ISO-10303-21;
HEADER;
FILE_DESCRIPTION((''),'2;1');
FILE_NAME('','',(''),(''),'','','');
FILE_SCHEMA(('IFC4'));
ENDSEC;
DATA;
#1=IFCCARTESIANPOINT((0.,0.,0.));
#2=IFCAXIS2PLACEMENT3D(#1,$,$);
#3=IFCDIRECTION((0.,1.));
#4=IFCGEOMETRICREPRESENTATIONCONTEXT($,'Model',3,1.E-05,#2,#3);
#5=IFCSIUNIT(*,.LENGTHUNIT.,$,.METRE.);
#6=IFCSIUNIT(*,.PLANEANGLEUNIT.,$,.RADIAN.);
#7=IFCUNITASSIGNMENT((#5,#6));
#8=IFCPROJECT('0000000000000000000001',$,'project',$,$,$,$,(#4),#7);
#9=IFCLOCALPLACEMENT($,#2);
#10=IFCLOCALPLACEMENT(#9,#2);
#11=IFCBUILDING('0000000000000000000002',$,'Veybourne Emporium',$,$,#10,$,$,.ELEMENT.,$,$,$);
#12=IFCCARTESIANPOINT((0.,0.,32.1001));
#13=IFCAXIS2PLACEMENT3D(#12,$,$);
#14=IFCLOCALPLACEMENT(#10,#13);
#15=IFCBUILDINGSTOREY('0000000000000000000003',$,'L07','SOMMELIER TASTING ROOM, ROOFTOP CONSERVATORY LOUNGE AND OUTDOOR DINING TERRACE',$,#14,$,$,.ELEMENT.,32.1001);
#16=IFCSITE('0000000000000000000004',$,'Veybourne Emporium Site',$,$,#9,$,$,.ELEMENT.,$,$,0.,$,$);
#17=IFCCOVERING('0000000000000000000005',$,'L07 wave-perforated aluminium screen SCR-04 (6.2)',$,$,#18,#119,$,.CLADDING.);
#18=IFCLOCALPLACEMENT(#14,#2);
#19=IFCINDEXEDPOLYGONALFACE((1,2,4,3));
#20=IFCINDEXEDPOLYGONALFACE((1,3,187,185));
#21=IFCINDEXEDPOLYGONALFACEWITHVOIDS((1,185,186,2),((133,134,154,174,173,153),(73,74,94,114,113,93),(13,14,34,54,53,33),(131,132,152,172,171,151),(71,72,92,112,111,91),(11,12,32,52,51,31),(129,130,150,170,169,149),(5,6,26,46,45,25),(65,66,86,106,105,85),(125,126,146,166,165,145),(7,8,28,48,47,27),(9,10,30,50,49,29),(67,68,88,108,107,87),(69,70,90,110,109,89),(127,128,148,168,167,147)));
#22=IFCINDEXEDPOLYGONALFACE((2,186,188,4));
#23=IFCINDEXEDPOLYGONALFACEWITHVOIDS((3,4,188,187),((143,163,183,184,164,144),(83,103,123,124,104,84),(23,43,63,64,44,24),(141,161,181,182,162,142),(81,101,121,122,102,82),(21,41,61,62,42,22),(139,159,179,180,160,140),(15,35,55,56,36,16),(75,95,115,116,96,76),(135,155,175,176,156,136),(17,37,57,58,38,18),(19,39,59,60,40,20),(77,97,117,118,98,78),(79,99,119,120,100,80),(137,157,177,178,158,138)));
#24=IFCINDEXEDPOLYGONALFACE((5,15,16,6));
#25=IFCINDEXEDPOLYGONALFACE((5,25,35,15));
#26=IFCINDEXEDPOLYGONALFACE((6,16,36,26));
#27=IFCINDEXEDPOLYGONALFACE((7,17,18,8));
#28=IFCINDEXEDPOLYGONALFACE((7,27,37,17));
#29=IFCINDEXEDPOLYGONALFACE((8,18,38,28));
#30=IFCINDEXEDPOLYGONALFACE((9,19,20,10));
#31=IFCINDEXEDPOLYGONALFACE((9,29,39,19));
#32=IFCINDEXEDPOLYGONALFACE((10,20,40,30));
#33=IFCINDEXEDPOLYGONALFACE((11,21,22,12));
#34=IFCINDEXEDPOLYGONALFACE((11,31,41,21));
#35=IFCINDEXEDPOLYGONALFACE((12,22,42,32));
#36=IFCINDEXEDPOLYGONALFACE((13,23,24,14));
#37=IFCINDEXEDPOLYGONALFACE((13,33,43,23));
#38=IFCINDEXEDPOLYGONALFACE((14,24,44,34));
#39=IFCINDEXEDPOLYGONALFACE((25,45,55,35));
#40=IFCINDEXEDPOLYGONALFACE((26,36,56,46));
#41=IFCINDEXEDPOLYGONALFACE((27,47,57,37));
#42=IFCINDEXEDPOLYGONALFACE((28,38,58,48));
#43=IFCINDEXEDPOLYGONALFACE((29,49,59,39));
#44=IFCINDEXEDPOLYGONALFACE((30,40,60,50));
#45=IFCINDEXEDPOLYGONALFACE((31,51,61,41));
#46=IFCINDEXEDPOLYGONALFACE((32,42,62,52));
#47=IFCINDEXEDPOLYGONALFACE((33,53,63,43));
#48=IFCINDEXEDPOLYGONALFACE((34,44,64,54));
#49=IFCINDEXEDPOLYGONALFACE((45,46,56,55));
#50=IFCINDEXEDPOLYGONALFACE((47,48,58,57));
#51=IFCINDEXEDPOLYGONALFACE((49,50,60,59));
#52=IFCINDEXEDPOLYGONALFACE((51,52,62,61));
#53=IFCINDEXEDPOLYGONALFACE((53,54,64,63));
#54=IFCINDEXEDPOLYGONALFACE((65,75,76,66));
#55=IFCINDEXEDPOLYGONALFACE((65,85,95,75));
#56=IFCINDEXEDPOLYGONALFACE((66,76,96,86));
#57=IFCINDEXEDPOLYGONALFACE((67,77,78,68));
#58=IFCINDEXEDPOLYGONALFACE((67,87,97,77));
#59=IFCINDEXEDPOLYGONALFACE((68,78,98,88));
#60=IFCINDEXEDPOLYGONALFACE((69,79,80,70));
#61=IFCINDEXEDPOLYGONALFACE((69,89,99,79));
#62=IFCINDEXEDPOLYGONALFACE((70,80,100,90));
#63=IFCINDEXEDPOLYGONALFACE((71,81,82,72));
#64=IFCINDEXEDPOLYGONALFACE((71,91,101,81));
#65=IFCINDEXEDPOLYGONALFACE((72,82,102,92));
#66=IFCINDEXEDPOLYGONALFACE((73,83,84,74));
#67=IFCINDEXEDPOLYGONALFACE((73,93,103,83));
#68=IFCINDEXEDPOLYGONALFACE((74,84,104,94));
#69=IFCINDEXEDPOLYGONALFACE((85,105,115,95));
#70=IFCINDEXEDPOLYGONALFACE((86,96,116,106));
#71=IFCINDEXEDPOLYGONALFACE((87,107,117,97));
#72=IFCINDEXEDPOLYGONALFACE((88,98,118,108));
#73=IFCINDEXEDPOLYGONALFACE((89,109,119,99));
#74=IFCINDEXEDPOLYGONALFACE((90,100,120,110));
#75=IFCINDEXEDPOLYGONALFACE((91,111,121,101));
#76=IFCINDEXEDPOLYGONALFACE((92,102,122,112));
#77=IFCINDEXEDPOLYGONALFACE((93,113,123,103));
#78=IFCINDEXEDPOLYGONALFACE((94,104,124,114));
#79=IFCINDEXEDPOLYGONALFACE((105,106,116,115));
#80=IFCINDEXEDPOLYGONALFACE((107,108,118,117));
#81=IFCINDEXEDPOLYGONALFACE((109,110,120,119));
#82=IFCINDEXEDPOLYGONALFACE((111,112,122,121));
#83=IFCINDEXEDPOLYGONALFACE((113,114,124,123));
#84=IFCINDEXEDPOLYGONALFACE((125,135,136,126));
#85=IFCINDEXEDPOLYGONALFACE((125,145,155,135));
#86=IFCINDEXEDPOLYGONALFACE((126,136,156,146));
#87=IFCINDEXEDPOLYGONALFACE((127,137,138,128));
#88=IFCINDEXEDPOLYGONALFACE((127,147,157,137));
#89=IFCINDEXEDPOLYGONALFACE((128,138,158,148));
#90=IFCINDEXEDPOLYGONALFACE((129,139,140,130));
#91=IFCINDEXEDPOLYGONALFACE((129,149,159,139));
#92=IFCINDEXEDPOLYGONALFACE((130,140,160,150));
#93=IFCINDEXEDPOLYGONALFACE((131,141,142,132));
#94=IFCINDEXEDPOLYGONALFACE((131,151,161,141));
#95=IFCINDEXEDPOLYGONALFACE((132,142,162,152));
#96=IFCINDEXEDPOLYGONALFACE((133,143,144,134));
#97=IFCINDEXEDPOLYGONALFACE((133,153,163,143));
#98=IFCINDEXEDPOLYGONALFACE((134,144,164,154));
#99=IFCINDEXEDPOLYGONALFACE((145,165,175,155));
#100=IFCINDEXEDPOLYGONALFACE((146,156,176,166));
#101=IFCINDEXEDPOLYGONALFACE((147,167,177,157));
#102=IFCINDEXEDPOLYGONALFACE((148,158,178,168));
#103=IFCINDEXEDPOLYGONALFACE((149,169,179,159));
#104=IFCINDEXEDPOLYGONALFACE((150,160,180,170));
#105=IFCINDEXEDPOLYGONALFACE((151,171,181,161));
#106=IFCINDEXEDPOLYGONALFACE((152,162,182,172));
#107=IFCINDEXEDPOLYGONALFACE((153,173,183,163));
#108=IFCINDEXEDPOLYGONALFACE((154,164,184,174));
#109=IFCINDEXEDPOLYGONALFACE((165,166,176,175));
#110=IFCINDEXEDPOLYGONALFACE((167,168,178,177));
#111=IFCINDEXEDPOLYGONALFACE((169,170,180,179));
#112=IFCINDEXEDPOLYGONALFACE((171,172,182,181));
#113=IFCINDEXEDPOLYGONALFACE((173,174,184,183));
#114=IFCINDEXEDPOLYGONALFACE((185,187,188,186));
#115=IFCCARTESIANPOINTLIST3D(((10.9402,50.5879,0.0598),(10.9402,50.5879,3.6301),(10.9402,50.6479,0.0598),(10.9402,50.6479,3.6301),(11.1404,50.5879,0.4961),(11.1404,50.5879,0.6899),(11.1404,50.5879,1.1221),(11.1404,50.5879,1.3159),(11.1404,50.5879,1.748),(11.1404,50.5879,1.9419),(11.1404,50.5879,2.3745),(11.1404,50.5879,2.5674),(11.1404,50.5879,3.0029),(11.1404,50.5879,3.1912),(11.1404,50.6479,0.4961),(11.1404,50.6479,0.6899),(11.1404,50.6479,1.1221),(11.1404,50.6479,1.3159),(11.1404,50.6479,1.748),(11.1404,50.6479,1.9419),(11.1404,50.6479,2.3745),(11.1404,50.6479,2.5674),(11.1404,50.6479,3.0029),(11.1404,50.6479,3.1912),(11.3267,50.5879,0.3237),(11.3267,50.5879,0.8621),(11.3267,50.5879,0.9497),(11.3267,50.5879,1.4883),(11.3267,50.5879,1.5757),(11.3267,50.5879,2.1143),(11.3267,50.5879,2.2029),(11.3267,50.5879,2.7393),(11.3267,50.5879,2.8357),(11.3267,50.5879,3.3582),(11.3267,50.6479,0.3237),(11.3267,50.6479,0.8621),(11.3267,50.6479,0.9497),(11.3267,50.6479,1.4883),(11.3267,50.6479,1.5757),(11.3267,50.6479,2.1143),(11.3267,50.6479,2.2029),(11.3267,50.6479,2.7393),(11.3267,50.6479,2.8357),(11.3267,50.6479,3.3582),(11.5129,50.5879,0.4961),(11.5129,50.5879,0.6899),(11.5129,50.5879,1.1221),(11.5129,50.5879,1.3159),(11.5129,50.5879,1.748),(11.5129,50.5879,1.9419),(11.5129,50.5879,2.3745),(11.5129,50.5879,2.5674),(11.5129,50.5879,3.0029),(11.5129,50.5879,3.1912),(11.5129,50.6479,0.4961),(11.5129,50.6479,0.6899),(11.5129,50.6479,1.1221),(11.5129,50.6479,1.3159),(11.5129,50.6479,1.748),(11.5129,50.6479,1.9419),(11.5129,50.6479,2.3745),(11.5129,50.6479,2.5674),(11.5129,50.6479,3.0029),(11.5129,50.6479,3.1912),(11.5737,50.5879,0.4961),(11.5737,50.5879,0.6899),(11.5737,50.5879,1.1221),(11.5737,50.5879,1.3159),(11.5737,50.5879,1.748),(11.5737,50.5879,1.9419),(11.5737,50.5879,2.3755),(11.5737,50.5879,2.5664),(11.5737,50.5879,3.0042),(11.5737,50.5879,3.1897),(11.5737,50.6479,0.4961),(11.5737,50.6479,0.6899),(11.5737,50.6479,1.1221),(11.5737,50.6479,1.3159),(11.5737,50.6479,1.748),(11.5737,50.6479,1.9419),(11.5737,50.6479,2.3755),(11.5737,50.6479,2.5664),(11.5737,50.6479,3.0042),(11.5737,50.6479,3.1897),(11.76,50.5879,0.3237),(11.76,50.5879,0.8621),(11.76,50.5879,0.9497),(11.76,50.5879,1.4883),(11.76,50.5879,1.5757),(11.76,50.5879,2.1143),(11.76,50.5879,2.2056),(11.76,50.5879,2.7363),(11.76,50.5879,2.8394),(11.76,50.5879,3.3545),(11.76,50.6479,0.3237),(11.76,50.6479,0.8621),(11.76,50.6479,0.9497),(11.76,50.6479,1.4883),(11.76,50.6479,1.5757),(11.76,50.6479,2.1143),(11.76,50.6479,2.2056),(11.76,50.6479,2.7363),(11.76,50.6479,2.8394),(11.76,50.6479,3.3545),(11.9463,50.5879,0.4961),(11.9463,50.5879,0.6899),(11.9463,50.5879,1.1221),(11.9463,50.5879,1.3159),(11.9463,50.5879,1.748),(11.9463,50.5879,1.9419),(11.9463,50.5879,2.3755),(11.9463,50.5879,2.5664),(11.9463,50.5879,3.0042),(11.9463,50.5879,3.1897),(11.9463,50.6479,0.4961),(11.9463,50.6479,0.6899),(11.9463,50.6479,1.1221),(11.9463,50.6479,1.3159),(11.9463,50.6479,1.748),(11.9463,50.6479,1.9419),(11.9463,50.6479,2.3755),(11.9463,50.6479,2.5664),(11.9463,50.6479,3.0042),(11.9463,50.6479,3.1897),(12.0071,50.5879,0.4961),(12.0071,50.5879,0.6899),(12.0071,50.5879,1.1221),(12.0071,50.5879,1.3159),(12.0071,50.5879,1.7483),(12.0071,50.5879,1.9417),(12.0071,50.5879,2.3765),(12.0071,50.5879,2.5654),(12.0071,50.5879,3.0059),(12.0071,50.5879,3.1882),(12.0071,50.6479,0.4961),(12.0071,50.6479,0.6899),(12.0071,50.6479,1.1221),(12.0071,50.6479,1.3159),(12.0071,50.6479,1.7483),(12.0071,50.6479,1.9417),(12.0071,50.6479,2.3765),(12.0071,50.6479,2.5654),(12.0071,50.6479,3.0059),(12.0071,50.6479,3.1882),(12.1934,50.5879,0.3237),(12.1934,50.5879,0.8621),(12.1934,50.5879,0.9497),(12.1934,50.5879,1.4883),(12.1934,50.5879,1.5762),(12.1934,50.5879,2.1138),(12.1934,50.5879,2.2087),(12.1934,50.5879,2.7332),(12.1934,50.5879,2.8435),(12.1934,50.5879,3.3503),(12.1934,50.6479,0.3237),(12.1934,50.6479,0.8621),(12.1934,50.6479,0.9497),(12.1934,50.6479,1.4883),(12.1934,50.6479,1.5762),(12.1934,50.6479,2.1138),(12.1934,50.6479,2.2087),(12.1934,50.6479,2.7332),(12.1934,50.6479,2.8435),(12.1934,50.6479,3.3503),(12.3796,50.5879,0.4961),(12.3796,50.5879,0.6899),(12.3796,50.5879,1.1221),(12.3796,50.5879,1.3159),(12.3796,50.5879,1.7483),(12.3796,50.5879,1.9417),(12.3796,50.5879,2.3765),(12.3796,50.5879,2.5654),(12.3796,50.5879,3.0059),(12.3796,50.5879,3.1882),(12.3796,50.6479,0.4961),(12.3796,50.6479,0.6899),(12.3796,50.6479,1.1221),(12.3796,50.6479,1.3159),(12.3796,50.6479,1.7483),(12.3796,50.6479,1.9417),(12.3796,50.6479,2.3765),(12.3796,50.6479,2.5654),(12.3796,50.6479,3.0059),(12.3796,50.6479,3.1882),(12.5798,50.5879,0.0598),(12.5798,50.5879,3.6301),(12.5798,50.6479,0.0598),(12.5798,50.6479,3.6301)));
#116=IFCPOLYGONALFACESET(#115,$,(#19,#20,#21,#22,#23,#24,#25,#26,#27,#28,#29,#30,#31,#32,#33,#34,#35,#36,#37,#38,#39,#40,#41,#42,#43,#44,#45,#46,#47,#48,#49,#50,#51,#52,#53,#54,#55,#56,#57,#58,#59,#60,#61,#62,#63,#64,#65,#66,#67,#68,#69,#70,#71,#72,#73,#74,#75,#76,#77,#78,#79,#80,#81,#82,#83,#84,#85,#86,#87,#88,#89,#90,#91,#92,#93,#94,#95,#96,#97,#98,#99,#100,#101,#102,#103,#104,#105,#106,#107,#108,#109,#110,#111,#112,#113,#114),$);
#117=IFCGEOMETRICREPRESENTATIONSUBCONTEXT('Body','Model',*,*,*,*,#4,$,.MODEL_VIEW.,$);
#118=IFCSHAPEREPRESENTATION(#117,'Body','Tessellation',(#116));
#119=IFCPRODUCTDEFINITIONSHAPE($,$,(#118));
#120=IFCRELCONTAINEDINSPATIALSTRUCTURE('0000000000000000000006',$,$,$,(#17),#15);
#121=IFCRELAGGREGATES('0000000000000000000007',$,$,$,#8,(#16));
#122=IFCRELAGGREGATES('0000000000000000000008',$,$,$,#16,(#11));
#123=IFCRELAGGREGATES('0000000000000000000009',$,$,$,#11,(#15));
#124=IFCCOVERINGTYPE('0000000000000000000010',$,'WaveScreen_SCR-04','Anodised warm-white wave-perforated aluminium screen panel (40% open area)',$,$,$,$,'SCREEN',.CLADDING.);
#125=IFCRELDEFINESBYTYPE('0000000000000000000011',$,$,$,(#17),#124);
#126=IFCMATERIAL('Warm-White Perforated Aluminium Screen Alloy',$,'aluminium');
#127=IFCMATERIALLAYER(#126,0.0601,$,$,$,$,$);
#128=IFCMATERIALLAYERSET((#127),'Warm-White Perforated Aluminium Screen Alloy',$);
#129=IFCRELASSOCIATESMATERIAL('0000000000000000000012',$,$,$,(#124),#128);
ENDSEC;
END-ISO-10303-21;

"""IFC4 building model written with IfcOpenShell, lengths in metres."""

from ifc_helpers import new_model, si_unit, direction, frame, origin, place, context, subcontext, project, spatial, polyline, outline, extrude, material, layer, layer_set, type_object, element, save


model = new_model("IFC4")

# Units and contexts
model_context = context("Model", 3, precision=1e-05, world=origin(), true_north=direction((0.0, 1.0)))
body_context = subcontext(model_context, "Body", "Model", "MODEL_VIEW")
ifc_project = project(units=[si_unit("LENGTHUNIT", "METRE"), si_unit("PLANEANGLEUNIT", "RADIAN")], contexts=[model_context])

# Site, building, storey
site_placement = place(None, origin())
site = spatial("IfcSite", under=ifc_project, at=site_placement, Name="Veybourne Emporium Site", CompositionType="ELEMENT", RefElevation=0.0)
building_placement = place(site_placement, origin())
building = spatial("IfcBuilding", under=site, at=building_placement, Name="Veybourne Emporium", CompositionType="ELEMENT")
storey_placement = place(building_placement, frame((0.0, 0.0, 32.1001)))
storey = spatial("IfcBuildingStorey", under=building, at=storey_placement, Name="L07", Description="SOMMELIER TASTING ROOM, ROOFTOP CONSERVATORY LOUNGE AND OUTDOOR DINING TERRACE", CompositionType="ELEMENT", Elevation=32.1001)

# Covering
ifc_material_1 = material(Name="Warm-White Perforated Aluminium Screen Alloy", Category="aluminium")
ifc_layer_1 = layer(ifc_material_1, 0.0601)
ifc_layer_set_1 = layer_set([ifc_layer_1], Name="Warm-White Perforated Aluminium Screen Alloy")
covering_type_1 = type_object("IfcCoveringType", Name="WaveScreen_SCR-04", Description="Anodised warm-white wave-perforated aluminium screen panel (40% open area)", ElementType="SCREEN", PredefinedType="CLADDING", material=ifc_layer_set_1)
covering_1_placement = place(storey_placement, frame((11.76, 50.6479, 1.845), z_axis=(0.0, -1.0, 0.0), x_axis=(1.0, 0.0, 0.0)))
element("IfcCovering", 1, at=covering_1_placement, inside=storey, type_object=covering_type_1, Name="L07 wave-perforated aluminium screen SCR-04 (6.2)", PredefinedType="CLADDING", context=body_context, shape_type="SweptSolid", body=[
    extrude(outline(polyline([(-0.8198, -1.7852), (0.8198, -1.7852), (0.8198, 1.7852), (-0.8198, 1.7852), (-0.8198, -1.7852)]), holes=[polyline([(-0.4333, -0.9829), (-0.2471, -1.155), (-0.2471, -1.3489), (-0.4333, -1.5212), (-0.6196, -1.3489), (-0.6196, -1.155), (-0.4333, -0.9829)]), polyline([(-0.4333, -0.3567), (-0.2471, -0.5291), (-0.2471, -0.7229), (-0.4333, -0.8953), (-0.6196, -0.7229), (-0.6196, -0.5291), (-0.4333, -0.3567)]), polyline([(-0.4333, 0.2693), (-0.2471, 0.0969), (-0.2471, -0.0969), (-0.4333, -0.2693), (-0.6196, -0.0969), (-0.6196, 0.0969), (-0.4333, 0.2693)]), polyline([(-0.4333, 0.8943), (-0.2471, 0.7224), (-0.2471, 0.5295), (-0.4333, 0.3579), (-0.6196, 0.5295), (-0.6196, 0.7224), (-0.4333, 0.8943)]), polyline([(-0.4333, 1.5132), (-0.2471, 1.3462), (-0.2471, 1.158), (-0.4333, 0.9907), (-0.6196, 1.158), (-0.6196, 1.3462), (-0.4333, 1.5132)]), polyline([(0.0, -0.9829), (0.1863, -1.155), (0.1863, -1.3489), (0.0, -1.5212), (-0.1863, -1.3489), (-0.1863, -1.155), (0.0, -0.9829)]), polyline([(0.0, -0.3567), (0.1863, -0.5291), (0.1863, -0.7229), (0.0, -0.8953), (-0.1863, -0.7229), (-0.1863, -0.5291), (0.0, -0.3567)]), polyline([(0.0, 0.2693), (0.1863, 0.0969), (0.1863, -0.0969), (0.0, -0.2693), (-0.1863, -0.0969), (-0.1863, 0.0969), (0.0, 0.2693)]), polyline([(0.0, 0.8914), (0.1863, 0.7214), (0.1863, 0.5305), (0.0, 0.3606), (-0.1863, 0.5305), (-0.1863, 0.7214), (0.0, 0.8914)]), polyline([(0.0, 1.5095), (0.1863, 1.3447), (0.1863, 1.1592), (0.0, 0.9944), (-0.1863, 1.1592), (-0.1863, 1.3447), (0.0, 1.5095)]), polyline([(0.4333, -0.9829), (0.6196, -1.155), (0.6196, -1.3489), (0.4333, -1.5212), (0.2471, -1.3489), (0.2471, -1.155), (0.4333, -0.9829)]), polyline([(0.4333, -0.3567), (0.6196, -0.5291), (0.6196, -0.7229), (0.4333, -0.8953), (0.2471, -0.7229), (0.2471, -0.5291), (0.4333, -0.3567)]), polyline([(0.4333, 0.2688), (0.6196, 0.0967), (0.6196, -0.0967), (0.4333, -0.2688), (0.2471, -0.0967), (0.2471, 0.0967), (0.4333, 0.2688)]), polyline([(0.4333, 0.8882), (0.6196, 0.7205), (0.6196, 0.5315), (0.4333, 0.3638), (0.2471, 0.5315), (0.2471, 0.7205), (0.4333, 0.8882)]), polyline([(0.4333, 1.5054), (0.6196, 1.3433), (0.6196, 1.1609), (0.4333, 0.9985), (0.2471, 1.1609), (0.2471, 1.3433), (0.4333, 1.5054)])]), origin(), (0.0, 0.0, 1.0), 0.0601),
])

save(model, "model.ifc")
